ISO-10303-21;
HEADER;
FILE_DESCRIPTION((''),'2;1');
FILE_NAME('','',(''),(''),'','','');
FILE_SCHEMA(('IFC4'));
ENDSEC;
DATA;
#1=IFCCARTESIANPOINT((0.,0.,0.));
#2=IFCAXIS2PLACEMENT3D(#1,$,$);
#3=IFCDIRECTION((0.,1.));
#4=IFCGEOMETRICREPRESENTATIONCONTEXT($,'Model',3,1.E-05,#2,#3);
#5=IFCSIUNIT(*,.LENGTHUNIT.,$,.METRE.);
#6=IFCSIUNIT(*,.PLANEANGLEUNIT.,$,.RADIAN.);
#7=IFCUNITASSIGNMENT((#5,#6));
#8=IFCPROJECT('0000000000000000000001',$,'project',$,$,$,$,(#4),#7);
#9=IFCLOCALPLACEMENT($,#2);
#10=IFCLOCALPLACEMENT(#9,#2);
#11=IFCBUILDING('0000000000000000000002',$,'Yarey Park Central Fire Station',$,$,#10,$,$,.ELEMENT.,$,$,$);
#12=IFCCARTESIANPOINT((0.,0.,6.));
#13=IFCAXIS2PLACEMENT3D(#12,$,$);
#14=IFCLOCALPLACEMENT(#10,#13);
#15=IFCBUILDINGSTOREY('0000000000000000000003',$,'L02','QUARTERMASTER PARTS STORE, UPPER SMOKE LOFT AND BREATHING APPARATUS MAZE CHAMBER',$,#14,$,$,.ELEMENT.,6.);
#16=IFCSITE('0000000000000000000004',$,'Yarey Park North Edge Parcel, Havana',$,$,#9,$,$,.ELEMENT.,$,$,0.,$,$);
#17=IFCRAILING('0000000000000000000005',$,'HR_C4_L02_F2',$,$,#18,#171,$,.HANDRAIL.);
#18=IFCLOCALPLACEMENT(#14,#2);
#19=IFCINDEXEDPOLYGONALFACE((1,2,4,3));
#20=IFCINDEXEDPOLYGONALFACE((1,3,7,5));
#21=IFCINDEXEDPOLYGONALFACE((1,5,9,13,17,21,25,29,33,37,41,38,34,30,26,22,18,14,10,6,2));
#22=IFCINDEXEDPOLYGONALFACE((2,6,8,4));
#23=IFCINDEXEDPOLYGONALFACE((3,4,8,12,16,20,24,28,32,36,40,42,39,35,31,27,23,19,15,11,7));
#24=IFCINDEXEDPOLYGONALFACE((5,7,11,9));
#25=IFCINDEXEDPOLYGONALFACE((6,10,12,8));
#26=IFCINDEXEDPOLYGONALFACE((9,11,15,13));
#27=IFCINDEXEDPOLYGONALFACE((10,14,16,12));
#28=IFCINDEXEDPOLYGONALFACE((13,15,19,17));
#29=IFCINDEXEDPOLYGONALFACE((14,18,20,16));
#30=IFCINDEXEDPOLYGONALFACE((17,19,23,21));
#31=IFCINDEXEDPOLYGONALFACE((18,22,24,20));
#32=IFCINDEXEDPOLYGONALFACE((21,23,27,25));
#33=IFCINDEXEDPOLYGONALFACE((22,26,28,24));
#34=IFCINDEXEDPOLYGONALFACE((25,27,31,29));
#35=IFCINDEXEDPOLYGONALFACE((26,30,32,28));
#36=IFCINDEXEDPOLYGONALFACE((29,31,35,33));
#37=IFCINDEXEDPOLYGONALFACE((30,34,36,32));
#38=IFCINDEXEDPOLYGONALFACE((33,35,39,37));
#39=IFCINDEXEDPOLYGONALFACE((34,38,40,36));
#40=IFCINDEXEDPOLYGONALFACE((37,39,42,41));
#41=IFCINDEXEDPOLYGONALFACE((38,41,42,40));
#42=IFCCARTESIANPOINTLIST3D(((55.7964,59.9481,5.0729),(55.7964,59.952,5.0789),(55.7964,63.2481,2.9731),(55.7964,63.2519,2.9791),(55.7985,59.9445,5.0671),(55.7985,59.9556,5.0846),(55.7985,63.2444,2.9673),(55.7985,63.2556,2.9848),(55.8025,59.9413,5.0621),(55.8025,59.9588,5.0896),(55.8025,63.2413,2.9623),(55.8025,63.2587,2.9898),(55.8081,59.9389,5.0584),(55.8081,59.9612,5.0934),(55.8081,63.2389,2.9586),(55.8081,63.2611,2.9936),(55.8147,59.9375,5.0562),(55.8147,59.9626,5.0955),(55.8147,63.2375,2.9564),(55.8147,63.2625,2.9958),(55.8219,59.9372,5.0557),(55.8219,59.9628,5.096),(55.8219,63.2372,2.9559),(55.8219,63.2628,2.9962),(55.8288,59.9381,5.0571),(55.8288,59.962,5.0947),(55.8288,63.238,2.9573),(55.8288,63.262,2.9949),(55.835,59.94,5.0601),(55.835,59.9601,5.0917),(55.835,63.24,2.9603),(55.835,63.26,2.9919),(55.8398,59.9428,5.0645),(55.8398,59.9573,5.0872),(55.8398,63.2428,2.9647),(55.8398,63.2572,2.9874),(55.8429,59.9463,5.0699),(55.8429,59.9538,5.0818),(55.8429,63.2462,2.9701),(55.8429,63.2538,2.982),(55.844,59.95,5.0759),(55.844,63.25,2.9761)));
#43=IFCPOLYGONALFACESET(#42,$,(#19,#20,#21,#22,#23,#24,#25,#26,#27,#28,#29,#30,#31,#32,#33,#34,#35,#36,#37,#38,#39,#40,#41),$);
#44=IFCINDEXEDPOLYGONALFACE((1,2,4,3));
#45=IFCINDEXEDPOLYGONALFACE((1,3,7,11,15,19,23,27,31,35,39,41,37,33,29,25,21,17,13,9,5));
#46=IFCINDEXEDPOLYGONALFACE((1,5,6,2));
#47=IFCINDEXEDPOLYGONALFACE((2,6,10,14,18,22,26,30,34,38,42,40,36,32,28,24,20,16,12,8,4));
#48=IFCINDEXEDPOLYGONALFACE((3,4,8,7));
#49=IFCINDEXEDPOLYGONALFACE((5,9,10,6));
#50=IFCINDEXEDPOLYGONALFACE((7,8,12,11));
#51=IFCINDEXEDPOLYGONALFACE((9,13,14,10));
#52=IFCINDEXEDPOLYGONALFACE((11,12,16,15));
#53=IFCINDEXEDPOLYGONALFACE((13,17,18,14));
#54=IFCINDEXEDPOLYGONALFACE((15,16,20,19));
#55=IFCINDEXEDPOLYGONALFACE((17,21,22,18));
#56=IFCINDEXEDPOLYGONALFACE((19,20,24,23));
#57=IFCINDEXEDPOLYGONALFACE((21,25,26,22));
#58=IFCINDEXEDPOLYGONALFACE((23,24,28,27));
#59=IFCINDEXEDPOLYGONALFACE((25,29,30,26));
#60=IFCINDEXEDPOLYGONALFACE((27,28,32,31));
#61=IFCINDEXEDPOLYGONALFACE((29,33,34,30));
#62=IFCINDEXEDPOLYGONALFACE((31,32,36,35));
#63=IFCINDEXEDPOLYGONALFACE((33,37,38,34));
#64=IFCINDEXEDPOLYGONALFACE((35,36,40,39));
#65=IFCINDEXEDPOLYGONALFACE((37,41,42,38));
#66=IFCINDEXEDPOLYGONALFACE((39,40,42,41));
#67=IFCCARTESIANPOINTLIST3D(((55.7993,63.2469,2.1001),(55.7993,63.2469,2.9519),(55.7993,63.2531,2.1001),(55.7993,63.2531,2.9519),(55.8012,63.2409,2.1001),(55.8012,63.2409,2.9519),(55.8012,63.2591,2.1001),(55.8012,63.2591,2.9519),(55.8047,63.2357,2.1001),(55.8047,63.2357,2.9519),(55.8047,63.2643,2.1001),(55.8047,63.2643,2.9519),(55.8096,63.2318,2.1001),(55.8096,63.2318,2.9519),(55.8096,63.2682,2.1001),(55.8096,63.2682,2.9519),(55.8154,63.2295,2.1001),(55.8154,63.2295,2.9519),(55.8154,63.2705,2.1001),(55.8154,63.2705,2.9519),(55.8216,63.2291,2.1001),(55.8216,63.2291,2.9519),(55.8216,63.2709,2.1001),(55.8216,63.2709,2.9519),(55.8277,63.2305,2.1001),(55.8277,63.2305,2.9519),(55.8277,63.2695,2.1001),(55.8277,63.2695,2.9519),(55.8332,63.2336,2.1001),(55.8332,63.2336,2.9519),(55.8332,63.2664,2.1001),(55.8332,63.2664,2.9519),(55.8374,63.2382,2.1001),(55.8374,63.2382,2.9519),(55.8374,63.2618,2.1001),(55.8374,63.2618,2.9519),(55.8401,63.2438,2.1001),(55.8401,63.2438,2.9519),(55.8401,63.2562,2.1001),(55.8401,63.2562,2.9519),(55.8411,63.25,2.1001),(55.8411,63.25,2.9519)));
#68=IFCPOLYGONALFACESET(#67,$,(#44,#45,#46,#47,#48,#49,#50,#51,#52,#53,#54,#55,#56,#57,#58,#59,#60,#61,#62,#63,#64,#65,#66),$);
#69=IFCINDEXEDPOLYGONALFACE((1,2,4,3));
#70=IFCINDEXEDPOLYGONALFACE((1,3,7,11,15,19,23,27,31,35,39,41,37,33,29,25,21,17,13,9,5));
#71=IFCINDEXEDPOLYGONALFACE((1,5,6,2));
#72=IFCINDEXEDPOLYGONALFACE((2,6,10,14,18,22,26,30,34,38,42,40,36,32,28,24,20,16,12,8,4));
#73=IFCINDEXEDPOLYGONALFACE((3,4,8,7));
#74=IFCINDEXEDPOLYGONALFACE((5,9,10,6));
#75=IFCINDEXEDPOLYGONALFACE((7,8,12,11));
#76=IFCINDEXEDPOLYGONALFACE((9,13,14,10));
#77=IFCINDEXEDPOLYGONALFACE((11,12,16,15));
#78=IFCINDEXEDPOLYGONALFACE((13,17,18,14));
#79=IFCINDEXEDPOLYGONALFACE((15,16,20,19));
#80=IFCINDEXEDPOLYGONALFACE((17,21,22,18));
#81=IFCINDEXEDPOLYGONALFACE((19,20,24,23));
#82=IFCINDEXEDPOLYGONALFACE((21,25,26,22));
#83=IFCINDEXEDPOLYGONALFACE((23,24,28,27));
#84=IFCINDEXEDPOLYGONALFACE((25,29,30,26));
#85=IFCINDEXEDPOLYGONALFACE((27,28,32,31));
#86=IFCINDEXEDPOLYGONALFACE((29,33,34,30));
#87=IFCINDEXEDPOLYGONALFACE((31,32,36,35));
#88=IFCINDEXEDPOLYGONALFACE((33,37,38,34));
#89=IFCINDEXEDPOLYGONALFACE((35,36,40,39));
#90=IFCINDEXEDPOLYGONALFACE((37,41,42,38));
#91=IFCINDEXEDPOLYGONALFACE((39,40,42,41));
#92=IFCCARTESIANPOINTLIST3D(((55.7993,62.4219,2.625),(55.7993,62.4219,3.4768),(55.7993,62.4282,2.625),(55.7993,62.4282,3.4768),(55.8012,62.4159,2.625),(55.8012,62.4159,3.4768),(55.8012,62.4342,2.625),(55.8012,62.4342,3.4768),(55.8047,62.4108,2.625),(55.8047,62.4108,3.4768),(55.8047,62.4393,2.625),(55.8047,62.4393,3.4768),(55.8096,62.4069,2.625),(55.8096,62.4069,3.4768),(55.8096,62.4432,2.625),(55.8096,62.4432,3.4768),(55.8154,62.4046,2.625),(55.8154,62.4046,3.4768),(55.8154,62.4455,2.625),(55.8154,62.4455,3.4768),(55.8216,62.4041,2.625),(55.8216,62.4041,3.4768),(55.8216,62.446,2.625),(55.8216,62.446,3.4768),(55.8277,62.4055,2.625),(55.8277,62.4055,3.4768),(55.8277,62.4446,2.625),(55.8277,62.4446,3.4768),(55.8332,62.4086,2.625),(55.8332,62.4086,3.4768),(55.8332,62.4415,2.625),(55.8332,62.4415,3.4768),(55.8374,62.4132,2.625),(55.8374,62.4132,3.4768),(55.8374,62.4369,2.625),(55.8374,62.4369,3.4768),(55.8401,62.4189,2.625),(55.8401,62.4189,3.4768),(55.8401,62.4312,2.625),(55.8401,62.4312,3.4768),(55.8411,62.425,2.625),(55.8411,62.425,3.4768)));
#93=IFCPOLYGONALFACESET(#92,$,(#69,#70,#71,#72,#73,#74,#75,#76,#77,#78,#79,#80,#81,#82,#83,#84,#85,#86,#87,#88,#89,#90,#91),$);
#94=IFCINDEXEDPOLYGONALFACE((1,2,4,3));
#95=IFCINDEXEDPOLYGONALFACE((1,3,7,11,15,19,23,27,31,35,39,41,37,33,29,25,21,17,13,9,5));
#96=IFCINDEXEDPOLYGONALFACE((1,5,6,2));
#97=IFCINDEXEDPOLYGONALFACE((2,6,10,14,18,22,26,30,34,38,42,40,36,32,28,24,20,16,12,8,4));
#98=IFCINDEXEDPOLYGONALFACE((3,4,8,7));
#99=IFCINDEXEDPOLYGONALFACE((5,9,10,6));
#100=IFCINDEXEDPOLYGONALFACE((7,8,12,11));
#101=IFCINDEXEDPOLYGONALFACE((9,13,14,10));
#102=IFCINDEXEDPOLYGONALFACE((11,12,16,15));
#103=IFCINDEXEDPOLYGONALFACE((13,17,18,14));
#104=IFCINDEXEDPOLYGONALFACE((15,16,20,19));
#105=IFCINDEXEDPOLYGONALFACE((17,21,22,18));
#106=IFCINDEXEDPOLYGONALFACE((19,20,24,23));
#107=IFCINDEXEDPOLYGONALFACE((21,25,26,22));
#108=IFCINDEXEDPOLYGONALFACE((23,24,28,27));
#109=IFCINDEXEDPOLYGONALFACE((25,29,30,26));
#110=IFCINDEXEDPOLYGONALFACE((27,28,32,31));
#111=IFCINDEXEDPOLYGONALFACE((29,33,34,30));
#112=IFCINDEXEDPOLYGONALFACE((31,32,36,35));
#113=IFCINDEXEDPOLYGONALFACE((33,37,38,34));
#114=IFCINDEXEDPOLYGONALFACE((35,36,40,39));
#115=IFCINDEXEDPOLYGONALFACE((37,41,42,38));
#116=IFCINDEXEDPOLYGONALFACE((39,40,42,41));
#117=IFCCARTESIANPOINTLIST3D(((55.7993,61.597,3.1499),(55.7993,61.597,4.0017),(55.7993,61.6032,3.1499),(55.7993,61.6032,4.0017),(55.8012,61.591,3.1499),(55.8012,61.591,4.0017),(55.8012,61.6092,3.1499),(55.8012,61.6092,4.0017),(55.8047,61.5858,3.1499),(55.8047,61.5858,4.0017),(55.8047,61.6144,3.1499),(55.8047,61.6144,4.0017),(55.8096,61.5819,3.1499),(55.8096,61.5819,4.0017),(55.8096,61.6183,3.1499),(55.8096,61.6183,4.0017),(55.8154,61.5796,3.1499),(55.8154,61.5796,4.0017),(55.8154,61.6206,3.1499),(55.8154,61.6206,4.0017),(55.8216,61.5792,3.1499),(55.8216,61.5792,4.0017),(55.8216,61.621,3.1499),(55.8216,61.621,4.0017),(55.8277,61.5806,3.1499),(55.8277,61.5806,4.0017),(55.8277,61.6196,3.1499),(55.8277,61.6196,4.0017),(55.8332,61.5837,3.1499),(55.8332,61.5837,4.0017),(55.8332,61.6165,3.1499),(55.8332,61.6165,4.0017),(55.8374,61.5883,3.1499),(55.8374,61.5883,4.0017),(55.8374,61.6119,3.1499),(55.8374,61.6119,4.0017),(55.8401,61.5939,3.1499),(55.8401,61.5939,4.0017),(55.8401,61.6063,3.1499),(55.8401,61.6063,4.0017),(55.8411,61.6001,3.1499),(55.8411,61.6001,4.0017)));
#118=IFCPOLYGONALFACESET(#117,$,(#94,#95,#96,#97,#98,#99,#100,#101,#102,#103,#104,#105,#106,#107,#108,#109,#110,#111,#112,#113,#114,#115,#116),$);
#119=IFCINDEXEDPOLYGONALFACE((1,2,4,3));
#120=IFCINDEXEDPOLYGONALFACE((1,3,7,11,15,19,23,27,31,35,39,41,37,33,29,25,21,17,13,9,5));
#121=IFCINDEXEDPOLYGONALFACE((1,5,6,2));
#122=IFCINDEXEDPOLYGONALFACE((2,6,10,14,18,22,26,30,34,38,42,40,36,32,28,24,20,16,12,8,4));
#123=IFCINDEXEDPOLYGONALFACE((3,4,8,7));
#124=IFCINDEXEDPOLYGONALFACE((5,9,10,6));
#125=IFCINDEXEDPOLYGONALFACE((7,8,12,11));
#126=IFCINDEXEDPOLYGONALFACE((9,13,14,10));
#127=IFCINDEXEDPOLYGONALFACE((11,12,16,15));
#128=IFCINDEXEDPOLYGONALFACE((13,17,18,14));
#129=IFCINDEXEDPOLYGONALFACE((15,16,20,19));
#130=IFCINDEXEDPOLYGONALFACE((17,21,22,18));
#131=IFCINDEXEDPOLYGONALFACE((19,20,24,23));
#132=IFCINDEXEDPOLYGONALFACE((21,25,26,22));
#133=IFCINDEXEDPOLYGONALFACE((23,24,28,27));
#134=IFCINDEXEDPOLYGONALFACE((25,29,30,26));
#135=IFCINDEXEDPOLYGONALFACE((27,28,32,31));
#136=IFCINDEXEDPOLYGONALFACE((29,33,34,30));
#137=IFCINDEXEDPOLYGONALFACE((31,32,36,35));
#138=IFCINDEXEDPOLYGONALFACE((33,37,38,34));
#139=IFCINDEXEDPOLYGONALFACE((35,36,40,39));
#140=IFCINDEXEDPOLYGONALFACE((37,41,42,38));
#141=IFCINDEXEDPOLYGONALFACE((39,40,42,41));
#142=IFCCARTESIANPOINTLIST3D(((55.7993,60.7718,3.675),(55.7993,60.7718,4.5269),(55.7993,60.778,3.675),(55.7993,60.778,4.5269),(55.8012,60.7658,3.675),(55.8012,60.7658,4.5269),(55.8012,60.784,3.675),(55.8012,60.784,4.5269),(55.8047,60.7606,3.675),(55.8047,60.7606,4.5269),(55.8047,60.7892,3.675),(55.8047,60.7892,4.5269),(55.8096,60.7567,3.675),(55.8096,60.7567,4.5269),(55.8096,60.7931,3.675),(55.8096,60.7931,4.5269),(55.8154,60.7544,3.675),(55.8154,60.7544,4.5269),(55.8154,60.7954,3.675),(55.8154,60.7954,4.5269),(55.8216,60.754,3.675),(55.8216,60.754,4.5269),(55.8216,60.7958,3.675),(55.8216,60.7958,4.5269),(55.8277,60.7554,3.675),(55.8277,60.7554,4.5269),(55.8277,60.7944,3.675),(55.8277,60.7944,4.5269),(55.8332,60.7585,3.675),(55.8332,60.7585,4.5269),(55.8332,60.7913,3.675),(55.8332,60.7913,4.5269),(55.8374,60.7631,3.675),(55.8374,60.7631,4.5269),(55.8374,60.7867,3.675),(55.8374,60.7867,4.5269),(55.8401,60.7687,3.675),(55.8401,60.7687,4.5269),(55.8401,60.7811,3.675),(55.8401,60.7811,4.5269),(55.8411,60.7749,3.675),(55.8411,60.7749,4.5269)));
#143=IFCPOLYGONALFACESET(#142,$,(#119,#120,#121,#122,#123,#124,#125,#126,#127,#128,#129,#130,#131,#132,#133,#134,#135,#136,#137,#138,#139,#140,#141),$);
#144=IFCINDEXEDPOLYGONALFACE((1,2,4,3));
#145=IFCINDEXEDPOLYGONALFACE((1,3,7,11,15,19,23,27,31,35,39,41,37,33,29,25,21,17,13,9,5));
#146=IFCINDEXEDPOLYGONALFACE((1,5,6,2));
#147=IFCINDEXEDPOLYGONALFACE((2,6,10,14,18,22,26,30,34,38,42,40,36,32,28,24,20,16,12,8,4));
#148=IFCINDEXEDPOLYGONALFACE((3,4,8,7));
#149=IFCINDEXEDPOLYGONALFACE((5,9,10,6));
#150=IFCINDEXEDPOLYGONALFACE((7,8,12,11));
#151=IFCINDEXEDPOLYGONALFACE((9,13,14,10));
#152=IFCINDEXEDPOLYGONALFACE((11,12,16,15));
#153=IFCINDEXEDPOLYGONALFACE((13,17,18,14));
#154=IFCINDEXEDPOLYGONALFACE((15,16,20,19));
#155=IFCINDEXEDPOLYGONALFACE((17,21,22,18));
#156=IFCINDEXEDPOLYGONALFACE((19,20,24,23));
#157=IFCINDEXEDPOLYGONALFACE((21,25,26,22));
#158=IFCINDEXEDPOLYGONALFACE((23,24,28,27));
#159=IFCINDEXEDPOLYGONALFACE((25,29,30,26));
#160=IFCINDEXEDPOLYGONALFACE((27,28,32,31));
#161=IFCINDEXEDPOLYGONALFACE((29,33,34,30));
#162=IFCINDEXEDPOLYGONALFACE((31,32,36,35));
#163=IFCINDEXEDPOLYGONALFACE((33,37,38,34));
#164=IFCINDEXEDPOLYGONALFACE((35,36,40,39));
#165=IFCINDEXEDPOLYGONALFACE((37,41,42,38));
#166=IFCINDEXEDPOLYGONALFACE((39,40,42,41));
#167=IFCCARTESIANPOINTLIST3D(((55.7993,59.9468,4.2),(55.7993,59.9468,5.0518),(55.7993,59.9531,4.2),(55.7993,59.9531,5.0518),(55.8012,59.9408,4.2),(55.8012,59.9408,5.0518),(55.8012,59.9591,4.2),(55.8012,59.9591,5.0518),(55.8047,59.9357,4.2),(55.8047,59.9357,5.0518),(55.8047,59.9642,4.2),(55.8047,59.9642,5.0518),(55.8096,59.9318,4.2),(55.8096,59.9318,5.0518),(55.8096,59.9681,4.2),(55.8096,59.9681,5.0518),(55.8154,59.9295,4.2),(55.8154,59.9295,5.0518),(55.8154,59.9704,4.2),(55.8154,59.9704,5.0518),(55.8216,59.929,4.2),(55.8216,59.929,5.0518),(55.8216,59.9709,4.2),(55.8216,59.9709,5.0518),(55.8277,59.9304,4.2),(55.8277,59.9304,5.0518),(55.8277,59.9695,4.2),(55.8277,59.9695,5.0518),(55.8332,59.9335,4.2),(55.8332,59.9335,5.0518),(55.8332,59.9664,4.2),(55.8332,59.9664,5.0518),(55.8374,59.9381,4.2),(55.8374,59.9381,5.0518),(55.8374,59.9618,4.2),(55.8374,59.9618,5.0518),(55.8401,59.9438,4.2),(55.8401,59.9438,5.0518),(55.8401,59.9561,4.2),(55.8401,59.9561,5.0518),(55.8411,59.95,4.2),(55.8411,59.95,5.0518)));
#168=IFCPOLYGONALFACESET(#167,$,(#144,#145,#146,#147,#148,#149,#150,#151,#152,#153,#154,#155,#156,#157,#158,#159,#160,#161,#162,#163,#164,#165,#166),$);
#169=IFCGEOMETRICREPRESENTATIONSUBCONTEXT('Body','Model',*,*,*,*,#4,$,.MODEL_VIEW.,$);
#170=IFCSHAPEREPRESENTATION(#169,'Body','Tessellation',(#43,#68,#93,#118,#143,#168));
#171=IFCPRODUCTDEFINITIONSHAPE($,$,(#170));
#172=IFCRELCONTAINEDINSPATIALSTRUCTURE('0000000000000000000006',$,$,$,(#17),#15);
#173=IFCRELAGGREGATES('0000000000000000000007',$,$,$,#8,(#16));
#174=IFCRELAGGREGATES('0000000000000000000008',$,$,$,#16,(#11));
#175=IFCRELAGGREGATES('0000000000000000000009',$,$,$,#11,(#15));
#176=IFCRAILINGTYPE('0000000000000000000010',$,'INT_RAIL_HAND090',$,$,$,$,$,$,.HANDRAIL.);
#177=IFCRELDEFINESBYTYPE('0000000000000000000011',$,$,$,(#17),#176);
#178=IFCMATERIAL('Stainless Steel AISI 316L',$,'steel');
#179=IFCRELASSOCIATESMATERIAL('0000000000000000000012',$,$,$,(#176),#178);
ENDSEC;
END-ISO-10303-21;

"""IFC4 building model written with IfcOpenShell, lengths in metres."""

from ifc_helpers import new_model, si_unit, direction, frame, origin, origin_2d, place, context, subcontext, project, spatial, circle, extrude, material, type_object, element, save


model = new_model("IFC4")

# Units and contexts
model_context = context("Model", 3, precision=1e-05, world=origin(), true_north=direction((0.0, 1.0)))
body_context = subcontext(model_context, "Body", "Model", "MODEL_VIEW")
ifc_project = project(units=[si_unit("LENGTHUNIT", "METRE"), si_unit("PLANEANGLEUNIT", "RADIAN")], contexts=[model_context])

# Site, building, storey
site_placement = place(None, origin())
site = spatial("IfcSite", under=ifc_project, at=site_placement, Name="Yarey Park North Edge Parcel, Havana", CompositionType="ELEMENT", RefElevation=0.0)
building_placement = place(site_placement, origin())
building = spatial("IfcBuilding", under=site, at=building_placement, Name="Yarey Park Central Fire Station", CompositionType="ELEMENT")
storey_placement = place(building_placement, frame((0.0, 0.0, 6.0)))
storey = spatial("IfcBuildingStorey", under=building, at=storey_placement, Name="L02", Description="QUARTERMASTER PARTS STORE, UPPER SMOKE LOFT AND BREATHING APPARATUS MAZE CHAMBER", CompositionType="ELEMENT", Elevation=6.0)

# Railing
ifc_material_1 = material(Name="Stainless Steel AISI 316L", Category="steel")
railing_type_1 = type_object("IfcRailingType", Name="INT_RAIL_HAND090", PredefinedType="HANDRAIL", material=ifc_material_1)
railing_1_placement = place(storey_placement, frame((55.8201, 63.25, 2.1001)))
element("IfcRailing", 1, at=railing_1_placement, inside=storey, type_object=railing_type_1, Name="HR_C4_L02_F2", PredefinedType="HANDRAIL", context=body_context, shape_type="SweptSolid", body=[
    extrude(circle(Radius=0.0239, at=origin_2d()), frame((0.0, 0.0, 0.876), z_axis=(0.0, -0.843682, 0.536843), x_axis=(1.0, 0.0, 0.0)), (0.0, 0.0, 1.0), 3.9114),
    extrude(circle(Radius=0.021, at=origin_2d()), origin(), (0.0, 0.0, 1.0), 0.8518),
    extrude(circle(Radius=0.021, at=origin_2d()), frame((0.0, -0.825, 0.5249)), (0.0, 0.0, 1.0), 0.8518),
    extrude(circle(Radius=0.021, at=origin_2d()), frame((0.0, -1.6499, 1.0498)), (0.0, 0.0, 1.0), 0.8518),
    extrude(circle(Radius=0.021, at=origin_2d()), frame((0.0, -2.4751, 1.575)), (0.0, 0.0, 1.0), 0.8518),
    extrude(circle(Radius=0.021, at=origin_2d()), frame((0.0, -3.3, 2.0999)), (0.0, 0.0, 1.0), 0.8518),
])

save(model, "model.ifc")
